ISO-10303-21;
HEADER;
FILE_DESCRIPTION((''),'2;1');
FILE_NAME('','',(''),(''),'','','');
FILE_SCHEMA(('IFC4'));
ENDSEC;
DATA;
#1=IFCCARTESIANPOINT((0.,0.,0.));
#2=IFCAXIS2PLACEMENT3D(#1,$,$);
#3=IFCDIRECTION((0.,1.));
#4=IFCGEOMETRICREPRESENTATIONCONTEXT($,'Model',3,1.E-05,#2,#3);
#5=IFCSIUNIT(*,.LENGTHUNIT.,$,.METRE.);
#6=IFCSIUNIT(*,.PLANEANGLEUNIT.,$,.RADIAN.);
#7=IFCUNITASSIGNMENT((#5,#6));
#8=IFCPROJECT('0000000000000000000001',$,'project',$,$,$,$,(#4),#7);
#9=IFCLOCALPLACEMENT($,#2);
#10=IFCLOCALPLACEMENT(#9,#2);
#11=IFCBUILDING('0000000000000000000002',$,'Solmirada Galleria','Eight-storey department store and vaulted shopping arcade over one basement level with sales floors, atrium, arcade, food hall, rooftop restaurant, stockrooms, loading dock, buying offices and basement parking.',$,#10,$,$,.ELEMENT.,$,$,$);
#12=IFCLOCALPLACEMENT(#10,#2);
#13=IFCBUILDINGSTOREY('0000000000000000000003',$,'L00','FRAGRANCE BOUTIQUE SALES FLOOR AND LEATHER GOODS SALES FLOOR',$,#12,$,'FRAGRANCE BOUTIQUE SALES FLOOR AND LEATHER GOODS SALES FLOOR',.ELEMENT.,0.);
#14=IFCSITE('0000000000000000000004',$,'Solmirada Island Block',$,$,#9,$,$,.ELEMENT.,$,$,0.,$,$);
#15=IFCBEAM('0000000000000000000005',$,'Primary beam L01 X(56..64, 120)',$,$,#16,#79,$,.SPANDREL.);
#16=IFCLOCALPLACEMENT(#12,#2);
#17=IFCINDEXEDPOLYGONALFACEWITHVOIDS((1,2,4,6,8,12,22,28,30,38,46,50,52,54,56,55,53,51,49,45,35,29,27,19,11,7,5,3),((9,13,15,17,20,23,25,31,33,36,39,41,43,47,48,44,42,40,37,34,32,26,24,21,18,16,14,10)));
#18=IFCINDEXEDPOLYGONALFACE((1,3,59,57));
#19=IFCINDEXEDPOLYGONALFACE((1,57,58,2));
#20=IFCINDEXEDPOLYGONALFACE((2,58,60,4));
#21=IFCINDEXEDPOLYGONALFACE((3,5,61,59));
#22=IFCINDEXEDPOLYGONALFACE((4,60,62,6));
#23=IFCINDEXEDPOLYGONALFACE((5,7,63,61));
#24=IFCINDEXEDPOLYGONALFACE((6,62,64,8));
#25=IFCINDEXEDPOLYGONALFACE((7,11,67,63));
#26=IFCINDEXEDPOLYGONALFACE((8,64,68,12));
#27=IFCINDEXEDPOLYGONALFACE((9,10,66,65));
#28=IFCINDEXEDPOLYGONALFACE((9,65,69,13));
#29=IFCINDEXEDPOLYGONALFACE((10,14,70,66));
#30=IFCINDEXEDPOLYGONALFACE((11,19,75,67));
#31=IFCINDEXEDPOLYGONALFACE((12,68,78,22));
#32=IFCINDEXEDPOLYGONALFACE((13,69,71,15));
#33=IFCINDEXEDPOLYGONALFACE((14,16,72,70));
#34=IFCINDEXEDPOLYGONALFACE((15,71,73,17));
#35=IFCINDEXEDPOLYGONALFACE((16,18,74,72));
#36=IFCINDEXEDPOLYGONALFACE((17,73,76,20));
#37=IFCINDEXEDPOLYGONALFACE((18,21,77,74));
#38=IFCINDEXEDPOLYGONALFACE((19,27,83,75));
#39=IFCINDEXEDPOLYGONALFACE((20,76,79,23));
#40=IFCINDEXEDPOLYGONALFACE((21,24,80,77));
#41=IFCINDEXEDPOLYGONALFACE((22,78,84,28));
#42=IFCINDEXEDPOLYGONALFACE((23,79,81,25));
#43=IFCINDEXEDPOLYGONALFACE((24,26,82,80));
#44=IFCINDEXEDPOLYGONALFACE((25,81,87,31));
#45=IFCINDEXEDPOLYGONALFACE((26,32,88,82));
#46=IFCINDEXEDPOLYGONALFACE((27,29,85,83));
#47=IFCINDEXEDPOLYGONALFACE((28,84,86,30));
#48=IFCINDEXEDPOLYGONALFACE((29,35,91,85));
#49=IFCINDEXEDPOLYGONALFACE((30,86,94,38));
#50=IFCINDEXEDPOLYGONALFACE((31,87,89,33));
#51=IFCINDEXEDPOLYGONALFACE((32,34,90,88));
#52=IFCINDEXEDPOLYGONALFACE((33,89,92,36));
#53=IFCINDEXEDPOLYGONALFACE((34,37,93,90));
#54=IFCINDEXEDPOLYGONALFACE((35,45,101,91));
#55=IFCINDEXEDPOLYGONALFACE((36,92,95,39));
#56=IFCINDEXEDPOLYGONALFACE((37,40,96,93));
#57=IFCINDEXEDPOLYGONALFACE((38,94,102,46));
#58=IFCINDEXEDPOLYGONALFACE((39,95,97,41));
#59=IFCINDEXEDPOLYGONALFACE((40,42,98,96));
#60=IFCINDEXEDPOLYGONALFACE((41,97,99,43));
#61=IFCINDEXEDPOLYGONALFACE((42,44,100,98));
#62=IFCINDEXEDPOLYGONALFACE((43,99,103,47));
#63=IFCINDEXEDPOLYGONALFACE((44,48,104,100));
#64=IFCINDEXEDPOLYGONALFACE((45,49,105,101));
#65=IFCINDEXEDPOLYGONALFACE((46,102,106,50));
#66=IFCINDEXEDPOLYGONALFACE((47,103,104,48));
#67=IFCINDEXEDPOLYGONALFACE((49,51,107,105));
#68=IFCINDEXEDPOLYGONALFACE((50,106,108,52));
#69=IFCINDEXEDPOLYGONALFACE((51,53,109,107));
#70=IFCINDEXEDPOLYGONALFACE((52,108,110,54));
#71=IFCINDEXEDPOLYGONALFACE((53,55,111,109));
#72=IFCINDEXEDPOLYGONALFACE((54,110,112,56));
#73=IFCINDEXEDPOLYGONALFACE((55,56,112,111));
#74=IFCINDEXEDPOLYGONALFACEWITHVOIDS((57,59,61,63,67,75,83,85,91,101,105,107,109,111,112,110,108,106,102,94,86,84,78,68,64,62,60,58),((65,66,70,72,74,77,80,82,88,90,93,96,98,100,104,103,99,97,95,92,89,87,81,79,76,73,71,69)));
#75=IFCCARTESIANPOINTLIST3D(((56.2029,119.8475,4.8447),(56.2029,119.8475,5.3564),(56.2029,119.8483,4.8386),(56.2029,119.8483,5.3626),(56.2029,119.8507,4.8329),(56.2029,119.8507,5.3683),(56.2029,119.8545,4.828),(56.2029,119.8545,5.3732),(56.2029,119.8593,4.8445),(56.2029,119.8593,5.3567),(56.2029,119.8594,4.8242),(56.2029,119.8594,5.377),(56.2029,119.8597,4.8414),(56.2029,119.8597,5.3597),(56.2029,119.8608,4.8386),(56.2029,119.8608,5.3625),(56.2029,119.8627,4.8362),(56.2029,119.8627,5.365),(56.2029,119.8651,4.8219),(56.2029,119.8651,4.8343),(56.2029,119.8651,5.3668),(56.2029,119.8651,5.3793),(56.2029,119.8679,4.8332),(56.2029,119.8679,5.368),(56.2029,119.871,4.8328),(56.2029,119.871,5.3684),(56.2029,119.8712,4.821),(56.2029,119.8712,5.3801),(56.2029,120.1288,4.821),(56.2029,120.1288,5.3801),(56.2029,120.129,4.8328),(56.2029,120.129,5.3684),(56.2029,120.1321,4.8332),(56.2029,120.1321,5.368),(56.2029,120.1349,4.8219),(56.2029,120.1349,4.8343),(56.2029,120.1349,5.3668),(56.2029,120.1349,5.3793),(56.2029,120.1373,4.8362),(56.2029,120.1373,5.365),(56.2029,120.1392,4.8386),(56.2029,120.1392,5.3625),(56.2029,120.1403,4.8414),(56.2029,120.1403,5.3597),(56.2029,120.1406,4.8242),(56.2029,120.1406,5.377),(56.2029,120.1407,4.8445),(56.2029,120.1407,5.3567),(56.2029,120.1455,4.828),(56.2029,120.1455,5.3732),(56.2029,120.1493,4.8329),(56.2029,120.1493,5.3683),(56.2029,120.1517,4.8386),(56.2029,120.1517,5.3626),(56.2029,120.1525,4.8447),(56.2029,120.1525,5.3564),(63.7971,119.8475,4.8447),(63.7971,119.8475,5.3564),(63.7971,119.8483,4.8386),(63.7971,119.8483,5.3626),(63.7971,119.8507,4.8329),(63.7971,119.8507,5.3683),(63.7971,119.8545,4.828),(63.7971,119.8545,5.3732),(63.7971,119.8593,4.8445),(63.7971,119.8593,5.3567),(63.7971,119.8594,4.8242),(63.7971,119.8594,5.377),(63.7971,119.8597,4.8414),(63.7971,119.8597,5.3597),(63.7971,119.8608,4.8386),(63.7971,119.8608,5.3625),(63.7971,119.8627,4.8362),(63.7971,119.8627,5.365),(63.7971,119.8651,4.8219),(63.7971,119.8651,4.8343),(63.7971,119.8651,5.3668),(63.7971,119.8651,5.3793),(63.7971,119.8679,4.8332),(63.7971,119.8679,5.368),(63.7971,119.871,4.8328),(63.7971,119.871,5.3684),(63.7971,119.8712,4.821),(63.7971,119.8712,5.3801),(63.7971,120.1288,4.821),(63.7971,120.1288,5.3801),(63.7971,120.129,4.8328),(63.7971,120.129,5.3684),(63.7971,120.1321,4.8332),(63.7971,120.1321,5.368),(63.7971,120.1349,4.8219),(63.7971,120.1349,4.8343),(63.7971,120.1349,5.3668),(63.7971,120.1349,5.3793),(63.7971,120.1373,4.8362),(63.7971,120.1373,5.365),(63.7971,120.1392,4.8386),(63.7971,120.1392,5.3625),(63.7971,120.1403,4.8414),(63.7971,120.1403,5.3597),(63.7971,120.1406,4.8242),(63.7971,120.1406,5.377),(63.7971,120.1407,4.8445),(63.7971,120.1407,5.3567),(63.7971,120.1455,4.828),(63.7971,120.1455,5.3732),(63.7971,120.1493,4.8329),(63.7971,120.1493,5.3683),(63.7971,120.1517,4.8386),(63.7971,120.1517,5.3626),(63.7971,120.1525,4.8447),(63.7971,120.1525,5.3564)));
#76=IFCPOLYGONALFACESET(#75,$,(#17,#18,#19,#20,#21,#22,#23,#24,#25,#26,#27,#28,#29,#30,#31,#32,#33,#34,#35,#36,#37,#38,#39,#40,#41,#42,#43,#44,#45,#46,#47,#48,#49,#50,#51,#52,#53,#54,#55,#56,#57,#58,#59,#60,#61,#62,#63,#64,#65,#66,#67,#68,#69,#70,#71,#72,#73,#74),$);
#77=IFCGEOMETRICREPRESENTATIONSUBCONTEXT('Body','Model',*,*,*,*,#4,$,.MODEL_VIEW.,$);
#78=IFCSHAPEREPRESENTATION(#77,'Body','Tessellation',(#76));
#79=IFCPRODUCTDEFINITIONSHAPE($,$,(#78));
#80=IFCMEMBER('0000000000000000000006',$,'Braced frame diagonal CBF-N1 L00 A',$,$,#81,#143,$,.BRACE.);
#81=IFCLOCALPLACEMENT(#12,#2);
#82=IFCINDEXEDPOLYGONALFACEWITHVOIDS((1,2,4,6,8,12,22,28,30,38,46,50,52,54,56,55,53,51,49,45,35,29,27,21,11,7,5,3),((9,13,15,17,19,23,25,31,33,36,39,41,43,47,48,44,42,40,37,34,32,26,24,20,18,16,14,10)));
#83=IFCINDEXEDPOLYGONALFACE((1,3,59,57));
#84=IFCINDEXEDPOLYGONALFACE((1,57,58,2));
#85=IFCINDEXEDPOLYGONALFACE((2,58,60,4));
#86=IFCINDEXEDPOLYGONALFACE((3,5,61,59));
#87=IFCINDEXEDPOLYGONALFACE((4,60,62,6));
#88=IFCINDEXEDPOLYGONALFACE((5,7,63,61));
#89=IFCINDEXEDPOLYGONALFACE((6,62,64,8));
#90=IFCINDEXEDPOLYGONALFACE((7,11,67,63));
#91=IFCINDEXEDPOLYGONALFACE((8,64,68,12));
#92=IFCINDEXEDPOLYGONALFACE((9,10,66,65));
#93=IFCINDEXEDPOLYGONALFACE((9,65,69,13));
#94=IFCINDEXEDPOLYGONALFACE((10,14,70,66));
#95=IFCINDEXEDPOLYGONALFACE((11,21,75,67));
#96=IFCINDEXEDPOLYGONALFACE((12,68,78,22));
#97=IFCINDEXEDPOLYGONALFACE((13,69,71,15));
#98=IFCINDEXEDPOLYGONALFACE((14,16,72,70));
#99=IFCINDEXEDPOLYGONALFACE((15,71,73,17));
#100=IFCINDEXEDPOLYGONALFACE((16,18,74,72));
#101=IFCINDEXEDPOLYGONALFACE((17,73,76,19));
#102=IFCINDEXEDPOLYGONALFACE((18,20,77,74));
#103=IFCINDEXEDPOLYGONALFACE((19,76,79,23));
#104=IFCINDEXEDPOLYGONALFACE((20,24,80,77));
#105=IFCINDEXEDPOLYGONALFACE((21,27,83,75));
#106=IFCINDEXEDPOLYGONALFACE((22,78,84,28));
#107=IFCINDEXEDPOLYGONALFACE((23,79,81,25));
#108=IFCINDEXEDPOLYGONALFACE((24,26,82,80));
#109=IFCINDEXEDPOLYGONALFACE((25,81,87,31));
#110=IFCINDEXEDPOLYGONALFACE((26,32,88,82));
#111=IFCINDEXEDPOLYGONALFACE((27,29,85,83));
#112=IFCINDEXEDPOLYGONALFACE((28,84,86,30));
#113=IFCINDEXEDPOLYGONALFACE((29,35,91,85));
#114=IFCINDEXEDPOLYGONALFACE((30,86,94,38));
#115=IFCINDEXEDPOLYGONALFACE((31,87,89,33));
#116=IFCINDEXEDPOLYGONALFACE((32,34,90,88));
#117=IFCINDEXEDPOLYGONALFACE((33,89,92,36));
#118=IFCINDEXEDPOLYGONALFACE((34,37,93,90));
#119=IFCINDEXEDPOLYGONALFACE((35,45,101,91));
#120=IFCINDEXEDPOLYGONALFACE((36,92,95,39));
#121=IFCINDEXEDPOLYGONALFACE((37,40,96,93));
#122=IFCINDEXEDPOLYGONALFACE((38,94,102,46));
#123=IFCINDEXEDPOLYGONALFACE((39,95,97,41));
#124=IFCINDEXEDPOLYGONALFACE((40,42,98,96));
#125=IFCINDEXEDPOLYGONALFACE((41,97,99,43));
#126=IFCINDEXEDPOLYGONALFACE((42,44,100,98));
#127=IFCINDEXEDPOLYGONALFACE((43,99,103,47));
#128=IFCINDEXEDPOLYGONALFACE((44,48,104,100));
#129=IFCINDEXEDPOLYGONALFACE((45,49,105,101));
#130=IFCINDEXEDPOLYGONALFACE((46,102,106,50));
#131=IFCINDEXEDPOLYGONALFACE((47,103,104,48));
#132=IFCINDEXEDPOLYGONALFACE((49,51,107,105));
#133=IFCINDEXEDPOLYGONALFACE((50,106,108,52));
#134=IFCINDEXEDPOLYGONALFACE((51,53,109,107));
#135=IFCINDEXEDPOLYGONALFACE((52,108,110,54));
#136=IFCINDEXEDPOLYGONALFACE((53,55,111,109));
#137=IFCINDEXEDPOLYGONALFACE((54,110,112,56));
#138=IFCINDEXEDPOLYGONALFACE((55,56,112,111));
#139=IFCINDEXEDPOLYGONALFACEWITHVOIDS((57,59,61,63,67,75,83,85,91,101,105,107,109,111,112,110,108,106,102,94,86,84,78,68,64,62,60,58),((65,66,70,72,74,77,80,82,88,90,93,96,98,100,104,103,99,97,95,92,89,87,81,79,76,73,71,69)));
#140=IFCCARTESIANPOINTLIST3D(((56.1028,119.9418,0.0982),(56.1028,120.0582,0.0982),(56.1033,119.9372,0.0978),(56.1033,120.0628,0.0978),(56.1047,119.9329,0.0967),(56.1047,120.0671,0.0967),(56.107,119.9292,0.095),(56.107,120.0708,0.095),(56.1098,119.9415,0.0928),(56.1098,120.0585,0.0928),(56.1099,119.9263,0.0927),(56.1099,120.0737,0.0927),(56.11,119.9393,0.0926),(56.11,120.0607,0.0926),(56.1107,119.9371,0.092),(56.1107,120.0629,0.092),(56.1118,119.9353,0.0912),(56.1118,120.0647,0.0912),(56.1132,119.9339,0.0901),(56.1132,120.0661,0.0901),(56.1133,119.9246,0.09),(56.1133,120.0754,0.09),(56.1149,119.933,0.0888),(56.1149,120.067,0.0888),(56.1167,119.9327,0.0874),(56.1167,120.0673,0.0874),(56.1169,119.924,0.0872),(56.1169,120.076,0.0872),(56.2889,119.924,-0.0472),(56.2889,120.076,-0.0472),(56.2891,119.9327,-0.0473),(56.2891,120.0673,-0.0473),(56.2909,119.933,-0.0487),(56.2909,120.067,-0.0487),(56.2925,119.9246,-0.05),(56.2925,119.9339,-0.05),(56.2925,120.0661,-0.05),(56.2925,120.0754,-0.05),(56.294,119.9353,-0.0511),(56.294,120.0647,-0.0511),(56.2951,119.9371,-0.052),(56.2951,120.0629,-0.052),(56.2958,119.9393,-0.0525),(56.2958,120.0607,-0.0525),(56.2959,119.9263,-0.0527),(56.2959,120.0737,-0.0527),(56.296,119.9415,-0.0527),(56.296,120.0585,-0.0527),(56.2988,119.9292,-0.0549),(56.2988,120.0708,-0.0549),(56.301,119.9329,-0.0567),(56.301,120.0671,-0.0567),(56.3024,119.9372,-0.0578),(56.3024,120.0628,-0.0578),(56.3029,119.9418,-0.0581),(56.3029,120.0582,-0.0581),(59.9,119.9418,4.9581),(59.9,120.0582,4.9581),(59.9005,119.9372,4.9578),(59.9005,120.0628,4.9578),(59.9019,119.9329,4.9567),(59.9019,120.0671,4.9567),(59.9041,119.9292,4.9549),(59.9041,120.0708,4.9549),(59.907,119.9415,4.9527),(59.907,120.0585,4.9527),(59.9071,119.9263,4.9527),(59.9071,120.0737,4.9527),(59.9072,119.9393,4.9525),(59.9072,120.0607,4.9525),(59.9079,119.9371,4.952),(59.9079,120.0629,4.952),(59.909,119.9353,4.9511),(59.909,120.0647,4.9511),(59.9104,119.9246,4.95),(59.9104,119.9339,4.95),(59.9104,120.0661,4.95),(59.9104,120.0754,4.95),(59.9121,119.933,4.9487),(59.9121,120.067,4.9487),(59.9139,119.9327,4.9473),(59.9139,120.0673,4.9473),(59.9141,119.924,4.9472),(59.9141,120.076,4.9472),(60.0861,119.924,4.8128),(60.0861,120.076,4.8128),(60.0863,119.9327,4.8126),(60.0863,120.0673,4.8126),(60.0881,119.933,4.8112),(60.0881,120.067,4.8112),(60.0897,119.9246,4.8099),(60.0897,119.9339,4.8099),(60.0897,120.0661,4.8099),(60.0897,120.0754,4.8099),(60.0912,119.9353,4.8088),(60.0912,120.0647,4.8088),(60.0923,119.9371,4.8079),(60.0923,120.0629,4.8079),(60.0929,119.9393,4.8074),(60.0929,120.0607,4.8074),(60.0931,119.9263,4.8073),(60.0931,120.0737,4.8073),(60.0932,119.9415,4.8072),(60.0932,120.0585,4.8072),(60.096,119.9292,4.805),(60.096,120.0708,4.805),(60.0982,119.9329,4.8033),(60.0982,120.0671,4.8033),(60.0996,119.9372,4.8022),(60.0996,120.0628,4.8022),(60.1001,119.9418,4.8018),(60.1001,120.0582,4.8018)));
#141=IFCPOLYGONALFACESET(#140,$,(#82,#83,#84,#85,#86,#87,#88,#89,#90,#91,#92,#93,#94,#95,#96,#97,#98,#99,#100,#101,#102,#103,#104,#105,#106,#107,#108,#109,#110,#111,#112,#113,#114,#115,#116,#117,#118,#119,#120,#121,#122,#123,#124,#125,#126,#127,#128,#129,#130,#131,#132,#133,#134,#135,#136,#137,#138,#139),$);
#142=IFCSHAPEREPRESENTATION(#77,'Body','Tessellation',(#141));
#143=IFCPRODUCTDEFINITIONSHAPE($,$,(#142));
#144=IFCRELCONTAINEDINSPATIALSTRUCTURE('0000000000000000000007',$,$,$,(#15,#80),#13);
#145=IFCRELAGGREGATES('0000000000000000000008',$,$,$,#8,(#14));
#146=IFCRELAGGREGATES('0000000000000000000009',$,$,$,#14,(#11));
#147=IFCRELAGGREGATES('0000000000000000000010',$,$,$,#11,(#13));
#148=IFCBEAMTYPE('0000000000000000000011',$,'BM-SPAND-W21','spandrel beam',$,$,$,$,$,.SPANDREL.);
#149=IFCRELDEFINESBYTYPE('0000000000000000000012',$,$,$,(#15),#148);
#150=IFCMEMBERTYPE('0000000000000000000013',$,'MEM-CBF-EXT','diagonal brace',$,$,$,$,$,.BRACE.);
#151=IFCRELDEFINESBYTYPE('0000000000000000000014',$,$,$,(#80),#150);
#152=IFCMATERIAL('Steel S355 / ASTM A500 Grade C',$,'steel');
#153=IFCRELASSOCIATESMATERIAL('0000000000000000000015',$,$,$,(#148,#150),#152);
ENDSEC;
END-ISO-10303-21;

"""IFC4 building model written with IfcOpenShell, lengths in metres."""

from ifc_helpers import new_model, si_unit, direction, frame, origin, origin_2d, place, context, subcontext, project, spatial, hollow_rectangle, extrude, material, material_profile, profile_set, type_object, element, save


model = new_model("IFC4")

# Units and contexts
model_context = context("Model", 3, precision=1e-05, world=origin(), true_north=direction((0.0, 1.0)))
body_context = subcontext(model_context, "Body", "Model", "MODEL_VIEW")
ifc_project = project(units=[si_unit("LENGTHUNIT", "METRE"), si_unit("PLANEANGLEUNIT", "RADIAN")], contexts=[model_context])

# Site, building, storey
site_placement = place(None, origin())
site = spatial("IfcSite", under=ifc_project, at=site_placement, Name="Solmirada Island Block", CompositionType="ELEMENT", RefElevation=0.0)
building_placement = place(site_placement, origin())
building = spatial("IfcBuilding", under=site, at=building_placement, Name="Solmirada Galleria", Description="Eight-storey department store and vaulted shopping arcade over one basement level with sales floors, atrium, arcade, food hall, rooftop restaurant, stockrooms, loading dock, buying offices and basement parking.", CompositionType="ELEMENT")
storey_placement = place(building_placement, origin())
storey = spatial("IfcBuildingStorey", under=building, at=storey_placement, Name="L00", Description="FRAGRANCE BOUTIQUE SALES FLOOR AND LEATHER GOODS SALES FLOOR", LongName="FRAGRANCE BOUTIQUE SALES FLOOR AND LEATHER GOODS SALES FLOOR", CompositionType="ELEMENT", Elevation=0.0)

# Shared definitions
ifc_material_1 = material(Name="Steel S355 / ASTM A500 Grade C", Category="steel")

# Beam
ifc_material_profile_1 = material_profile(ifc_material_1, hollow_rectangle(XDim=0.3049, YDim=0.5591, WallThickness=0.0117, InnerFilletRadius=0.0117, OuterFilletRadius=0.0237, at=origin_2d()), Name="HSS22X12X1/2")
ifc_profile_set_1 = profile_set([ifc_material_profile_1], Name="Steel S355 / ASTM A500 Grade C")
beam_type_1 = type_object("IfcBeamType", Name="BM-SPAND-W21", Description="spandrel beam", PredefinedType="SPANDREL", material=ifc_profile_set_1)
for number, where, z_axis, x_axis, name in (
    (1, (56.2029, 120.0, 5.1006), (1.0, 0.0, 0.0), (0.0, 1.0, 0.0), "Primary beam L01 X(56..64, 120)"),
):
    element("IfcBeam", number, at=place(storey_placement, frame(where, z_axis=z_axis, x_axis=x_axis)), inside=storey, type_object=beam_type_1, Name=name, PredefinedType="SPANDREL", context=body_context, shape_type="SweptSolid", body=[
        extrude(hollow_rectangle(XDim=0.3049, YDim=0.5591, WallThickness=0.0117, InnerFilletRadius=0.0117, OuterFilletRadius=0.0237, at=origin_2d()), origin(), (0.0, 0.0, 1.0), 7.5942),
    ])

# Member
ifc_material_profile_2 = material_profile(ifc_material_1, hollow_rectangle(XDim=0.1521, YDim=0.2539, WallThickness=0.0088, InnerFilletRadius=0.0088, OuterFilletRadius=0.0178, at=origin_2d()), Name="HSS10X6X3/8")
ifc_profile_set_2 = profile_set([ifc_material_profile_2], Name="Steel S355 / ASTM A500 Grade C")
member_type = type_object("IfcMemberType", Name="MEM-CBF-EXT", Description="diagonal brace", PredefinedType="BRACE", material=ifc_profile_set_2)
for number, where, z_axis, x_axis, name in (
    (2, (56.2029, 120.0, 0.02), (0.615679, 0.0, 0.787997), (0.0, 1.0, 0.0), "Braced frame diagonal CBF-N1 L00 A"),
):
    element("IfcMember", number, at=place(storey_placement, frame(where, z_axis=z_axis, x_axis=x_axis)), inside=storey, type_object=member_type, Name=name, PredefinedType="BRACE", context=body_context, shape_type="SweptSolid", body=[
        extrude(hollow_rectangle(XDim=0.1521, YDim=0.2539, WallThickness=0.0088, InnerFilletRadius=0.0088, OuterFilletRadius=0.0178, at=origin_2d()), origin(), (0.0, 0.0, 1.0), 6.1675),
    ])

save(model, "model.ifc")
